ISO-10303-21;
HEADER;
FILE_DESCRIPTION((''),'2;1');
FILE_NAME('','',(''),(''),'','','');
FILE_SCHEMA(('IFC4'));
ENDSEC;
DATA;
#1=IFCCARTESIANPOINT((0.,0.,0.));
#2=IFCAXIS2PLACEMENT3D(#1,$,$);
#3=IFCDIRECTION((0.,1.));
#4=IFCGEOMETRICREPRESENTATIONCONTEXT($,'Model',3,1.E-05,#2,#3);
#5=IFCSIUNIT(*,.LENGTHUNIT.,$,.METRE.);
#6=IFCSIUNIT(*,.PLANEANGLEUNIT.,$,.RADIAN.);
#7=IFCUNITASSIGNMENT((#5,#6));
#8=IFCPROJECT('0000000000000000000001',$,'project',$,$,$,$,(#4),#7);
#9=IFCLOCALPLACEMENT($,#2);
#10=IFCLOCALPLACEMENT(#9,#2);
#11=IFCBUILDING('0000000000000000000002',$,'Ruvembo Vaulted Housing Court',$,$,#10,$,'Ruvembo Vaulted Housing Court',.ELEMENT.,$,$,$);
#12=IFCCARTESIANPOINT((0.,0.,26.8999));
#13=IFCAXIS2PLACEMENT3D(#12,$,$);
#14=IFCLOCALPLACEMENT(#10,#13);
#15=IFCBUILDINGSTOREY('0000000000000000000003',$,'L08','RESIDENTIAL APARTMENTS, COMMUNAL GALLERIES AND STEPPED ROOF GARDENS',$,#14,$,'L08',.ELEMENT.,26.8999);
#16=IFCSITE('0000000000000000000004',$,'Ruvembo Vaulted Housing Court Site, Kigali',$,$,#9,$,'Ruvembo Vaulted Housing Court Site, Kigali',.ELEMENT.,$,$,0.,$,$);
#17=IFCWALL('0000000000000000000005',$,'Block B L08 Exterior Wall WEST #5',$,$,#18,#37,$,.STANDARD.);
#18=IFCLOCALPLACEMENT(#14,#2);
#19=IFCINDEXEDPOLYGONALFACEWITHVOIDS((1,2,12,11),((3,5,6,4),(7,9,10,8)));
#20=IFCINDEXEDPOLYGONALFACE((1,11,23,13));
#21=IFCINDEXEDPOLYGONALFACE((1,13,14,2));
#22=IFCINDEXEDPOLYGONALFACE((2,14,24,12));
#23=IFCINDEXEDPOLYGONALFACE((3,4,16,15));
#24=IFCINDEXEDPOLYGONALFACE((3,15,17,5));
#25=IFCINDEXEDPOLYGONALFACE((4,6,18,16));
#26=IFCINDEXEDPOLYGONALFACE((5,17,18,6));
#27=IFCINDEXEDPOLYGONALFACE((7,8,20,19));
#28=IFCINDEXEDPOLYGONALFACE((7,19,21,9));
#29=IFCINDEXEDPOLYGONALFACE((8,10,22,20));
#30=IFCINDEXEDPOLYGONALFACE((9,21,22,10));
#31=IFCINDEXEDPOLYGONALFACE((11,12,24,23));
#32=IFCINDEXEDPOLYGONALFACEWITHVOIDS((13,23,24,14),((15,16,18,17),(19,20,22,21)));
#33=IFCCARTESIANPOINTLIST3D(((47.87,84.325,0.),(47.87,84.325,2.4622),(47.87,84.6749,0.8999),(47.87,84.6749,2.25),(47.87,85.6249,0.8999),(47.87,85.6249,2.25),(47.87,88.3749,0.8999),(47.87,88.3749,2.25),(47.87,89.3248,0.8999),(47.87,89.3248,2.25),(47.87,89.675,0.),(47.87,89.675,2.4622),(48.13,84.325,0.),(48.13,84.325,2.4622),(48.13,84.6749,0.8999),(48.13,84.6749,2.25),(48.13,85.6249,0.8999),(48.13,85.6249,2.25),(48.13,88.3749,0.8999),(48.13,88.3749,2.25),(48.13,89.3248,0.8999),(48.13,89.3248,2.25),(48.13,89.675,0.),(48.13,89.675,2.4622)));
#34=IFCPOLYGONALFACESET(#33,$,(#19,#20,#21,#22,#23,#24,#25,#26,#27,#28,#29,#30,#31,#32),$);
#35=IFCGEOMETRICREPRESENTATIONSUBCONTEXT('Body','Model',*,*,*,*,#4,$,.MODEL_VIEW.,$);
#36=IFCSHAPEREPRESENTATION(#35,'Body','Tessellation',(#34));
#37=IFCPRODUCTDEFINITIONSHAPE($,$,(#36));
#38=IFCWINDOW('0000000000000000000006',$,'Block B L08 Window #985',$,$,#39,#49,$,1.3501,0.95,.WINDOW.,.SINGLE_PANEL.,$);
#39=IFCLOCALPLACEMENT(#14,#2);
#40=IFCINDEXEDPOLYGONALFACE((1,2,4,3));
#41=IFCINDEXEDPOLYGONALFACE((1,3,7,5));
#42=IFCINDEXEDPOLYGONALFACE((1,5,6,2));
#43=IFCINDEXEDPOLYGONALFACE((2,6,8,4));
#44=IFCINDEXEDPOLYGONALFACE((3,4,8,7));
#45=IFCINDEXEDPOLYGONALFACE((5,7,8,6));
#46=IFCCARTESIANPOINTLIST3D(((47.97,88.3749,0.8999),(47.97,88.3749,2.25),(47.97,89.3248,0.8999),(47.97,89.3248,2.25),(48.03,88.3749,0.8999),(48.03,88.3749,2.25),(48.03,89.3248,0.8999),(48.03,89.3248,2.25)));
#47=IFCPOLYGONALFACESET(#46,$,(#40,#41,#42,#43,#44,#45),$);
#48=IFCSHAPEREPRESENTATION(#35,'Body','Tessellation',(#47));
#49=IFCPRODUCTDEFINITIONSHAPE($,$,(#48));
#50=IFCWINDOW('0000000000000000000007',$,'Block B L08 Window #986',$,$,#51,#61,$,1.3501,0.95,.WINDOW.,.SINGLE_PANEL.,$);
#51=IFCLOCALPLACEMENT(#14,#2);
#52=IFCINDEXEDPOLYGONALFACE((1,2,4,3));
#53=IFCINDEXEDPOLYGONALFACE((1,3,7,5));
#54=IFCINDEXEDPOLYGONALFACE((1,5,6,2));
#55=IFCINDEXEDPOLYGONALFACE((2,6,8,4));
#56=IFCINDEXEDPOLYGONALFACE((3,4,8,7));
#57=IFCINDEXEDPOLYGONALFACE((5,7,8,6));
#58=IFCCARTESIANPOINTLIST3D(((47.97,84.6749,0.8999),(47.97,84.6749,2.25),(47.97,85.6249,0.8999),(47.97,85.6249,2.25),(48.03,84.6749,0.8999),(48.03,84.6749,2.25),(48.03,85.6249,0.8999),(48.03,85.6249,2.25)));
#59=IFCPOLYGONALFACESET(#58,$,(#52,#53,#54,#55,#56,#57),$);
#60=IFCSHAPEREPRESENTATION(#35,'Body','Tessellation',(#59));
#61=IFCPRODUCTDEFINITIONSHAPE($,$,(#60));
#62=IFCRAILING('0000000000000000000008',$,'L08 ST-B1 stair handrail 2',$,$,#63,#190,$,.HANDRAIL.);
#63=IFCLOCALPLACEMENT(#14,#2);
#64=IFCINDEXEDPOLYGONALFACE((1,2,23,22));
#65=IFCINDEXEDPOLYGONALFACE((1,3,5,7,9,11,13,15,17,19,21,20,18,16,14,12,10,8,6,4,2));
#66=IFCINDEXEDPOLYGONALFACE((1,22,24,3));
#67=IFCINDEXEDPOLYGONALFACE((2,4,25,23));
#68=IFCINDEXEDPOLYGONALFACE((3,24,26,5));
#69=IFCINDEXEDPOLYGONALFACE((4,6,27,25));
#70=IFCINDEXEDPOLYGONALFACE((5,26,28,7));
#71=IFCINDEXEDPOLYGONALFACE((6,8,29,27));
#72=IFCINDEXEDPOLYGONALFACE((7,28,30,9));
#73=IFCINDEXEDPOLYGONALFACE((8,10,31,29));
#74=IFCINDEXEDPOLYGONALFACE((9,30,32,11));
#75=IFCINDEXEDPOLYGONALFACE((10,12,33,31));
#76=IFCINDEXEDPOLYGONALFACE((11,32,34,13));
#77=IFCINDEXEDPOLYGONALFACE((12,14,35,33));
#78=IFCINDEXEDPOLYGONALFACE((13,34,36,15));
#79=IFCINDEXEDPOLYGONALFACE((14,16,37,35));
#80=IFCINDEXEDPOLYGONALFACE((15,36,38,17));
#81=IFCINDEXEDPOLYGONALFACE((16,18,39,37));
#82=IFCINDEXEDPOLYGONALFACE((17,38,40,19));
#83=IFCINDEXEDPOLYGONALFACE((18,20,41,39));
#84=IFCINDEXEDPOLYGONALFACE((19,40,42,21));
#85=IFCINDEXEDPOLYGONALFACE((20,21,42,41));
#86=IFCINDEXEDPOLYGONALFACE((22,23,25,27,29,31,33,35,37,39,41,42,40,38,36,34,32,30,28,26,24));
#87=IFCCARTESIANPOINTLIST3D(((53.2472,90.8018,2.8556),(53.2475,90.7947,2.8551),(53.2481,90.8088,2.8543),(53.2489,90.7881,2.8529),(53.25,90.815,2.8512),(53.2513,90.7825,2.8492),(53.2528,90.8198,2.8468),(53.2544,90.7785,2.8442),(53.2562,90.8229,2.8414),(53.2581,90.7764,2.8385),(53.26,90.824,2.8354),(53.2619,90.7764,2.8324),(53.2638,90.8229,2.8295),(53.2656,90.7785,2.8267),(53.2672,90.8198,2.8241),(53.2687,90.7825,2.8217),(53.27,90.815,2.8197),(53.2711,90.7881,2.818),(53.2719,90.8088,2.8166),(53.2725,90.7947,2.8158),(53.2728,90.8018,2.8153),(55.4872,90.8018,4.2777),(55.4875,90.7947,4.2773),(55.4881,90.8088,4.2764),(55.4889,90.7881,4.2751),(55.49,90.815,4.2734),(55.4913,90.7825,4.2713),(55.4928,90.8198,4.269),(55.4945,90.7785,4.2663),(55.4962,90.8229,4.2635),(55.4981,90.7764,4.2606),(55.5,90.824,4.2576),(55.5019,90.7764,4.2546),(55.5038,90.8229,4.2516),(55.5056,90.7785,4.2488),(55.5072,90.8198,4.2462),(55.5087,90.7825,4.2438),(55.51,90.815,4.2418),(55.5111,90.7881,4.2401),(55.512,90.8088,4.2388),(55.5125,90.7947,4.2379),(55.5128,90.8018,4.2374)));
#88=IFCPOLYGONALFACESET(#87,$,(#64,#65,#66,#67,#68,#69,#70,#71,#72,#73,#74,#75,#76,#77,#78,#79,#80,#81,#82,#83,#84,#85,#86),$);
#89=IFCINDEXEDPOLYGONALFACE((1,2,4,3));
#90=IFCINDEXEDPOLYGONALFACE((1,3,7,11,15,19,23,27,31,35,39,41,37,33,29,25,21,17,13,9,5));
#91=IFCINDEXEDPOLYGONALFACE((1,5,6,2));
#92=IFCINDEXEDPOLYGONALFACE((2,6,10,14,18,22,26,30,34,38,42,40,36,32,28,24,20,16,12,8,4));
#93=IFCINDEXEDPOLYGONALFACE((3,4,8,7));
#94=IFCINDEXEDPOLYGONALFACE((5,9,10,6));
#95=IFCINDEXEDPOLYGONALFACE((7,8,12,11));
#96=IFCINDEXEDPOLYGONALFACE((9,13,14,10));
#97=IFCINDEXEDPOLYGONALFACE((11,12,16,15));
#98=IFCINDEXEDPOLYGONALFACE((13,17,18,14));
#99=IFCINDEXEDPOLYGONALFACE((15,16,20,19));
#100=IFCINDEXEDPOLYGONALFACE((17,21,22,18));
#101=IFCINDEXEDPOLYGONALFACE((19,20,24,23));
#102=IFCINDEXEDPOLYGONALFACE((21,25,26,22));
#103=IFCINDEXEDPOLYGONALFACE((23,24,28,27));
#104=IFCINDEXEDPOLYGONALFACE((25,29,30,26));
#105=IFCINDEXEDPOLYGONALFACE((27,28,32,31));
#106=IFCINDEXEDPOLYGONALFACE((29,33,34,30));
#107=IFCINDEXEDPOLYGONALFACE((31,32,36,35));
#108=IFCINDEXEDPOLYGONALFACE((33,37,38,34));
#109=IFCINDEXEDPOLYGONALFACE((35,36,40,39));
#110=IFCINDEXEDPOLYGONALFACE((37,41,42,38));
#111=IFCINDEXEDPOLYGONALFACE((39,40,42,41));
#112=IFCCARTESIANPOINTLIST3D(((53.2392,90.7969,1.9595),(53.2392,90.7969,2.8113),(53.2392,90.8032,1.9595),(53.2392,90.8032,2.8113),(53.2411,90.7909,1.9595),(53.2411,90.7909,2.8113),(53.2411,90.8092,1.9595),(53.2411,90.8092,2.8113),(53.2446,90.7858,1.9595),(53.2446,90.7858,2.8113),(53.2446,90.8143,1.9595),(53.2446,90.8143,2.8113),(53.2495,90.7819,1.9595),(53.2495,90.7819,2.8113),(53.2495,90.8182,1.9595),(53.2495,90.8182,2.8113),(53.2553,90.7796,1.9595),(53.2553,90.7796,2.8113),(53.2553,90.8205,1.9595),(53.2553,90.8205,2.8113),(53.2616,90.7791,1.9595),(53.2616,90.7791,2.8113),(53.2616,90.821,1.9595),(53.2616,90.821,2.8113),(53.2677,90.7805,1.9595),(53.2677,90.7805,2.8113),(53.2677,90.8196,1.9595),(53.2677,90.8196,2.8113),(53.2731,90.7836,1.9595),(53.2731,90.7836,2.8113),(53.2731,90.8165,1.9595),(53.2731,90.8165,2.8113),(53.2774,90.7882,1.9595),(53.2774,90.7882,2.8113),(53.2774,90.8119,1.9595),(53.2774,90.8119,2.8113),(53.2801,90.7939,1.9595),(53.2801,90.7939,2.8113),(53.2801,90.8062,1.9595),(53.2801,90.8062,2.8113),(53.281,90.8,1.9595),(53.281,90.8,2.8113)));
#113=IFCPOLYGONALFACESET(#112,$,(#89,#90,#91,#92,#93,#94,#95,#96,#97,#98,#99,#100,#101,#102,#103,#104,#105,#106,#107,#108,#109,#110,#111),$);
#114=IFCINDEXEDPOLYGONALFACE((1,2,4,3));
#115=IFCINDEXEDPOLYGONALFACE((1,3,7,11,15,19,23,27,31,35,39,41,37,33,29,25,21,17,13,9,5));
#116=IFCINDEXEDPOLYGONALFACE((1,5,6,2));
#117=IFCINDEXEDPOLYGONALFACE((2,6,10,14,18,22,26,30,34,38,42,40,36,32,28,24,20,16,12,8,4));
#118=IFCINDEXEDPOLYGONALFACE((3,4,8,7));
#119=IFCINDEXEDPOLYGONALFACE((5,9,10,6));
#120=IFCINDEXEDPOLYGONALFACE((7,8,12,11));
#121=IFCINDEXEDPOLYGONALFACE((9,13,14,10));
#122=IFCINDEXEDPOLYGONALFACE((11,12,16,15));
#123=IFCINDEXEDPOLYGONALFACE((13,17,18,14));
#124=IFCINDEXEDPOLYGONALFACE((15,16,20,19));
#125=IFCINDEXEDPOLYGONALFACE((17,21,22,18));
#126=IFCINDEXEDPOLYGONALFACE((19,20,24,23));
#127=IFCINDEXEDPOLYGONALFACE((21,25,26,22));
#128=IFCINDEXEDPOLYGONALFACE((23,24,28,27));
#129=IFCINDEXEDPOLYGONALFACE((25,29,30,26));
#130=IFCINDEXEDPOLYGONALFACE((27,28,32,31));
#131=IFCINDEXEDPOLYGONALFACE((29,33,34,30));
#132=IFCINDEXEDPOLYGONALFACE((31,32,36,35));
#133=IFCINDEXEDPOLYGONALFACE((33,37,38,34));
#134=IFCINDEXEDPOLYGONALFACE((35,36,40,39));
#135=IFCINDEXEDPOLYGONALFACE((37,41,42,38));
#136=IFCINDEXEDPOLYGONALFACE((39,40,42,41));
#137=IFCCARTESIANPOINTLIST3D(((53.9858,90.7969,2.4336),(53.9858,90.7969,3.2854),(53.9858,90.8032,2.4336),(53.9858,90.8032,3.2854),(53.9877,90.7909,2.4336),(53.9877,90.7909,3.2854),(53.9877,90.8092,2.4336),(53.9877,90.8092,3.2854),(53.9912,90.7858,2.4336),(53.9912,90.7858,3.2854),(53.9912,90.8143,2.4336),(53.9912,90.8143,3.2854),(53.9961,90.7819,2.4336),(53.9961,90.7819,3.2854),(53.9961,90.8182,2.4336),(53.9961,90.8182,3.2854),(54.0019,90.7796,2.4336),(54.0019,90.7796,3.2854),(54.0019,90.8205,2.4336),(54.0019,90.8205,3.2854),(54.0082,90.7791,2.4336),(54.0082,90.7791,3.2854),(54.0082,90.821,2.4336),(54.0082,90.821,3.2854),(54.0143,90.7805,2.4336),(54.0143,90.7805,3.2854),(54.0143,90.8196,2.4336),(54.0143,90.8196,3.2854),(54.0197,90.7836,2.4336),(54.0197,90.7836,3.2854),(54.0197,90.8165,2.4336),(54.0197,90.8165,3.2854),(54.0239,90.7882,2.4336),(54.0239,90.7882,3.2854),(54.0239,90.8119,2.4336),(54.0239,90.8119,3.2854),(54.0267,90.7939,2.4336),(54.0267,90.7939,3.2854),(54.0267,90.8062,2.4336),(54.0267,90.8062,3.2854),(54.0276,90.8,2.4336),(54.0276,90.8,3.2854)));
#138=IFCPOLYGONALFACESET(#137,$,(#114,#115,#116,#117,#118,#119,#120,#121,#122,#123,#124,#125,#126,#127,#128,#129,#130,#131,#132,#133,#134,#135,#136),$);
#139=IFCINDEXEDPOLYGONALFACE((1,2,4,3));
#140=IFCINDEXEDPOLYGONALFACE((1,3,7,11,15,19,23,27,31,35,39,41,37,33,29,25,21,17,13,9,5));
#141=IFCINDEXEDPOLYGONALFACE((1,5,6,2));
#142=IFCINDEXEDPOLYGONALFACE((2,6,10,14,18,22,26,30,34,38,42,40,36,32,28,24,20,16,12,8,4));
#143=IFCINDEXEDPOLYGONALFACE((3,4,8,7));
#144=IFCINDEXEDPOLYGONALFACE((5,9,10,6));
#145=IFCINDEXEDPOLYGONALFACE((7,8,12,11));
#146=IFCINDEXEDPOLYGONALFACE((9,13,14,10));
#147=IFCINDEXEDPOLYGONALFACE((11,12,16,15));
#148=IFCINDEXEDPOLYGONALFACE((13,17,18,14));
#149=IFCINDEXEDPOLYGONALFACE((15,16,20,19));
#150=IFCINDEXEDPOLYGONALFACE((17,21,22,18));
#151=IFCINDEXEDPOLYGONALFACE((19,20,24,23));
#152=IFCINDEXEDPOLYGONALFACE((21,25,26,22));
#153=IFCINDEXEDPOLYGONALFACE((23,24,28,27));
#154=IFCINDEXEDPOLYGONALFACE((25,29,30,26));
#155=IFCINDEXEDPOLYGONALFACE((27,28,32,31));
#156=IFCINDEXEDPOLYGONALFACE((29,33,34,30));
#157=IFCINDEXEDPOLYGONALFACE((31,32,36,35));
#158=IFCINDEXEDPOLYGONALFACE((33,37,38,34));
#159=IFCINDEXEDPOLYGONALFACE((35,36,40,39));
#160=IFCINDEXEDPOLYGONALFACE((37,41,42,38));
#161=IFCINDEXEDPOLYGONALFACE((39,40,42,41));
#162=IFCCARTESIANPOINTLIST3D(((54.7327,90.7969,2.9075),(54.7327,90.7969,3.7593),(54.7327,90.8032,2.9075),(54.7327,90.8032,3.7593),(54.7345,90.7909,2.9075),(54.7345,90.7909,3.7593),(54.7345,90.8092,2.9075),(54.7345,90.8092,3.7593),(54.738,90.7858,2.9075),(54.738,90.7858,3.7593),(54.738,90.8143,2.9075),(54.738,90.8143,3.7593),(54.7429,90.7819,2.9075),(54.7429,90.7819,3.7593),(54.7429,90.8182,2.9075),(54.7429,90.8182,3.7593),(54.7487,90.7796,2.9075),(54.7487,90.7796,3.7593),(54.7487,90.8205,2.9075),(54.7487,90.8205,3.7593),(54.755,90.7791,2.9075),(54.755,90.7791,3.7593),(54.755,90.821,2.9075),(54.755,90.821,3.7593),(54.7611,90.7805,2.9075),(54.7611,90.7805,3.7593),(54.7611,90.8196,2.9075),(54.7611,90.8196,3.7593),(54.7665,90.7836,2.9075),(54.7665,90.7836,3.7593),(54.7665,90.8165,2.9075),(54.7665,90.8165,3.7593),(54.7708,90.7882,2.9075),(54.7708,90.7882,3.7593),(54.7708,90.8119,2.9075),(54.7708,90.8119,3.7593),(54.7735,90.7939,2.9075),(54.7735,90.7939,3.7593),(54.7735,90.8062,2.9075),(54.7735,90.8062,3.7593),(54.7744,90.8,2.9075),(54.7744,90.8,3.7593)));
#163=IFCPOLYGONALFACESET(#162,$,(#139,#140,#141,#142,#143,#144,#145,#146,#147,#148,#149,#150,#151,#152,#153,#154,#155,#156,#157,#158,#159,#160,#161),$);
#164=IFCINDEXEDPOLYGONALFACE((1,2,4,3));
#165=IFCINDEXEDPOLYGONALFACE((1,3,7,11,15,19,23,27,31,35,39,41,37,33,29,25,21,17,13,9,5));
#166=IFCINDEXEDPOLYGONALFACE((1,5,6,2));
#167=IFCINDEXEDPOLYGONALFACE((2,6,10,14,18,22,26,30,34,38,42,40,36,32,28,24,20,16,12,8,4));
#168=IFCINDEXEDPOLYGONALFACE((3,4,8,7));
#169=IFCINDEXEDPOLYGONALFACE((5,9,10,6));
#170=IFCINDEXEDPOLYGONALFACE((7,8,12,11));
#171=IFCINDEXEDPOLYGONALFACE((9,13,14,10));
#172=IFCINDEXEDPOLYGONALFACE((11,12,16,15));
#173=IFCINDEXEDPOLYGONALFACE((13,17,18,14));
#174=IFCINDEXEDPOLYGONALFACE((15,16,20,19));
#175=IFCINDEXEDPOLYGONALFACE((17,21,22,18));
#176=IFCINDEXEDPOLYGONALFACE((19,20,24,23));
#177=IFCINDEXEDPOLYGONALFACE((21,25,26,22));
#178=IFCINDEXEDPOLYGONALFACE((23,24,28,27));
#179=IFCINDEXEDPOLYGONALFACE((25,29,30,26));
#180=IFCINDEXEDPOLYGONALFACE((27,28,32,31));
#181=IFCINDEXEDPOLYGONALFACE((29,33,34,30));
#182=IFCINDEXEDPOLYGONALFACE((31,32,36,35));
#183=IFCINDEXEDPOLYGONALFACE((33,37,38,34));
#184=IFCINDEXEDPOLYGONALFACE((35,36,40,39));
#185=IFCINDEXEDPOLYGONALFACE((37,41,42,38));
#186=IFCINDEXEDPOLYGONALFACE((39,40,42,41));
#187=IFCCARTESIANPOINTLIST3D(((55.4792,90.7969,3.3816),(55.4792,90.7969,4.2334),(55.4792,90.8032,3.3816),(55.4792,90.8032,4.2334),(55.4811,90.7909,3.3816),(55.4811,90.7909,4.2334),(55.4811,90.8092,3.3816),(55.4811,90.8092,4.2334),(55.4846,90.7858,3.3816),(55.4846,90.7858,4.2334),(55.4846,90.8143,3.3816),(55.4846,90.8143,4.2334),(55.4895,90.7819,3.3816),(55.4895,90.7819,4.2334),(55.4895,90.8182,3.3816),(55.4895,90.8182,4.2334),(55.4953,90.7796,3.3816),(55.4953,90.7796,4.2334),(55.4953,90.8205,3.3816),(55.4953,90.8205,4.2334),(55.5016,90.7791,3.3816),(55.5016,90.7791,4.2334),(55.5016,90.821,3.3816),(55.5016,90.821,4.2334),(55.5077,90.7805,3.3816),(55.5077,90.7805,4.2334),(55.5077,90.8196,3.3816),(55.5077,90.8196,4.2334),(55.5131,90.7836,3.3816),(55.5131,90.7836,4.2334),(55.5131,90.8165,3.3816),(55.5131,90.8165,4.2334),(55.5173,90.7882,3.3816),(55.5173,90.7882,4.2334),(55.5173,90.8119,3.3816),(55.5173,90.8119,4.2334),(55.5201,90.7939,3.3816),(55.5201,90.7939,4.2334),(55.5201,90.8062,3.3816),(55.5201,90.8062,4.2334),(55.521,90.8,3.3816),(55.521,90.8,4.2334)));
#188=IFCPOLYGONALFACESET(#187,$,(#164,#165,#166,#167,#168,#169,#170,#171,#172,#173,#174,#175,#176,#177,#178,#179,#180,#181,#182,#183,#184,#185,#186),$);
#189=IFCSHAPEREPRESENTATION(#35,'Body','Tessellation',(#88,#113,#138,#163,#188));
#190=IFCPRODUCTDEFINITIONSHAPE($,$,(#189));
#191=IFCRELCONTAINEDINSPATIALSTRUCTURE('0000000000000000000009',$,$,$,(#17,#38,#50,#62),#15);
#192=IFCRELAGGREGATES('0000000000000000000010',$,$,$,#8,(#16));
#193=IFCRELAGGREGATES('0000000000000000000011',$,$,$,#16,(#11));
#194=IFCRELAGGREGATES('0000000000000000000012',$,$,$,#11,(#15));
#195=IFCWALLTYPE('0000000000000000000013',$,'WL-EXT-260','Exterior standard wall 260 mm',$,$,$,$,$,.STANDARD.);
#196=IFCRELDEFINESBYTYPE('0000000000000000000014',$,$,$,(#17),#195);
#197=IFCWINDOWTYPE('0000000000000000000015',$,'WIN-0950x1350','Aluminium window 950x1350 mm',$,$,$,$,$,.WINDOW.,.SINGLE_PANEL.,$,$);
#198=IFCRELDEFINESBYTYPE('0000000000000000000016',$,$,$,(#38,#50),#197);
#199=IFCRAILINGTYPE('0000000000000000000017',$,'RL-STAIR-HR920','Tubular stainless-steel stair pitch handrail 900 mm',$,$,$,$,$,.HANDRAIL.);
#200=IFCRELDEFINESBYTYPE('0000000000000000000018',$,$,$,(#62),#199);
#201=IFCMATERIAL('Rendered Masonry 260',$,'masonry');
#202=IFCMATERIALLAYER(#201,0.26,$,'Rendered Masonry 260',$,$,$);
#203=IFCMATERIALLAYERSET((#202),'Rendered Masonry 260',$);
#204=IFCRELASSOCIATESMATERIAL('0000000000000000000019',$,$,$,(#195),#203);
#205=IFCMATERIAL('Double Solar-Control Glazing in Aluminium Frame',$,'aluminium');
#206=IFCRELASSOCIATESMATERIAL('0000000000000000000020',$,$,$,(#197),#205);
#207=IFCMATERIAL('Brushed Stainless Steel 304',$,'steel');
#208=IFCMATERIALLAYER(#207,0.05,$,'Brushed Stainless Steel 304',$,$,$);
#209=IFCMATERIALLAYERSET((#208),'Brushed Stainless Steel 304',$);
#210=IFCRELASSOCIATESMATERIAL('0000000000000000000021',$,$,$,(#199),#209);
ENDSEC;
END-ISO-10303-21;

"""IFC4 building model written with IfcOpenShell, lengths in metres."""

from ifc_helpers import new_model, si_unit, direction, frame, frame_2d, origin, origin_2d, place, context, subcontext, project, spatial, rectangle, circle, extrude, material, layer, layer_set, type_object, element, fill, save


model = new_model("IFC4")

# Units and contexts
model_context = context("Model", 3, precision=1e-05, world=origin(), true_north=direction((0.0, 1.0)))
body_context = subcontext(model_context, "Body", "Model", "MODEL_VIEW")
ifc_project = project(units=[si_unit("LENGTHUNIT", "METRE"), si_unit("PLANEANGLEUNIT", "RADIAN")], contexts=[model_context])

# Site, building, storey
site_placement = place(None, origin())
site = spatial("IfcSite", under=ifc_project, at=site_placement, Name="Ruvembo Vaulted Housing Court Site, Kigali", LongName="Ruvembo Vaulted Housing Court Site, Kigali", CompositionType="ELEMENT", RefElevation=0.0)
building_placement = place(site_placement, origin())
building = spatial("IfcBuilding", under=site, at=building_placement, Name="Ruvembo Vaulted Housing Court", LongName="Ruvembo Vaulted Housing Court", CompositionType="ELEMENT")
storey_placement = place(building_placement, frame((0.0, 0.0, 26.8999)))
storey = spatial("IfcBuildingStorey", under=building, at=storey_placement, Name="L08", Description="RESIDENTIAL APARTMENTS, COMMUNAL GALLERIES AND STEPPED ROOF GARDENS", LongName="L08", CompositionType="ELEMENT", Elevation=26.8999)

# Wall, openings, windows
ifc_material_1 = material(Name="Rendered Masonry 260", Category="masonry")
ifc_layer_1 = layer(ifc_material_1, 0.26, Name="Rendered Masonry 260")
ifc_layer_set_1 = layer_set([ifc_layer_1], Name="Rendered Masonry 260")
wall_type_1 = type_object("IfcWallType", Name="WL-EXT-260", Description="Exterior standard wall 260 mm", PredefinedType="STANDARD", material=ifc_layer_set_1)
ifc_material_2 = material(Name="Double Solar-Control Glazing in Aluminium Frame", Category="aluminium")
window_type_1 = type_object("IfcWindowType", Name="WIN-0950x1350", Description="Aluminium window 950x1350 mm", PartitioningType="SINGLE_PANEL", PredefinedType="WINDOW", material=ifc_material_2)
wall_1_placement = place(storey_placement, frame((48.0, 89.675, 0.0), z_axis=(0.0, 0.0, 1.0), x_axis=(0.0, -1.0, 0.0)))
wall_1 = element("IfcWall", 1, at=wall_1_placement, inside=storey, type_object=wall_type_1, Name="Block B L08 Exterior Wall WEST #5", PredefinedType="STANDARD", context=body_context, shape_type="SweptSolid", body=[
    extrude(rectangle(XDim=5.3501, YDim=0.26, at=frame_2d((2.675, 0.0))), origin(), (0.0, 0.0, 1.0), 2.4622),
])
opening_1_placement = place(wall_1_placement, frame((0.3501, 0.0, 0.8999)))
opening_1 = element("IfcOpeningElement", 2, at=opening_1_placement, cuts=wall_1, PredefinedType="OPENING", context=body_context, shape_type="SweptSolid", body=[
    extrude(rectangle(XDim=0.95, YDim=1.3501, at=frame_2d((0.4751, 0.675))), frame((0.0, 0.1399, 0.0), z_axis=(0.0, -1.0, 0.0), x_axis=(1.0, 0.0, 0.0)), (0.0, 0.0, 1.0), 0.28),
])
opening_2_placement = place(wall_1_placement, frame((4.05, 0.0, 0.8999)))
opening_2 = element("IfcOpeningElement", 3, at=opening_2_placement, cuts=wall_1, PredefinedType="OPENING", context=body_context, shape_type="SweptSolid", body=[
    extrude(rectangle(XDim=0.95, YDim=1.3501, at=frame_2d((0.4751, 0.675))), frame((0.0, 0.1399, 0.0), z_axis=(0.0, -1.0, 0.0), x_axis=(1.0, 0.0, 0.0)), (0.0, 0.0, 1.0), 0.28),
])
window_1_placement = place(opening_1_placement, origin())
window_1 = element("IfcWindow", 4, at=window_1_placement, inside=storey, type_object=window_type_1, Name="Block B L08 Window #985", OverallHeight=1.3501, OverallWidth=0.95, PartitioningType="SINGLE_PANEL", PredefinedType="WINDOW", context=body_context, shape_type="SweptSolid", body=[
    extrude(rectangle(XDim=0.95, YDim=1.3501, at=frame_2d((0.4751, 0.675))), frame((0.0, 0.03, 0.0), z_axis=(0.0, -1.0, 0.0), x_axis=(1.0, 0.0, 0.0)), (0.0, 0.0, 1.0), 0.0601),
])
fill(opening_1, window_1)
window_2_placement = place(opening_2_placement, origin())
window_2 = element("IfcWindow", 5, at=window_2_placement, inside=storey, type_object=window_type_1, Name="Block B L08 Window #986", OverallHeight=1.3501, OverallWidth=0.95, PartitioningType="SINGLE_PANEL", PredefinedType="WINDOW", context=body_context, shape_type="SweptSolid", body=[
    extrude(rectangle(XDim=0.95, YDim=1.3501, at=frame_2d((0.4751, 0.675))), frame((0.0, 0.03, 0.0), z_axis=(0.0, -1.0, 0.0), x_axis=(1.0, 0.0, 0.0)), (0.0, 0.0, 1.0), 0.0601),
])
fill(opening_2, window_2)

# Railing
ifc_material_3 = material(Name="Brushed Stainless Steel 304", Category="steel")
ifc_layer_2 = layer(ifc_material_3, 0.05, Name="Brushed Stainless Steel 304")
ifc_layer_set_2 = layer_set([ifc_layer_2], Name="Brushed Stainless Steel 304")
railing_type = type_object("IfcRailingType", Name="RL-STAIR-HR920", Description="Tubular stainless-steel stair pitch handrail 900 mm", PredefinedType="HANDRAIL", material=ifc_layer_set_2)
railing_placement = place(storey_placement, frame((53.26, 90.8, 1.9595)))
element("IfcRailing", 6, at=railing_placement, inside=storey, type_object=railing_type, Name="L08 ST-B1 stair handrail 2", PredefinedType="HANDRAIL", context=body_context, shape_type="SweptSolid", body=[
    extrude(circle(Radius=0.0239, at=origin_2d()), frame((0.0, 0.0, 0.876), z_axis=(0.844229, 0.0, 0.535982), x_axis=(0.0, 1.0, 0.0)), (0.0, 0.0, 1.0), 2.6533),
    extrude(circle(Radius=0.021, at=origin_2d()), origin(), (0.0, 0.0, 1.0), 0.8518),
    extrude(circle(Radius=0.021, at=origin_2d()), frame((0.7466, 0.0, 0.4741)), (0.0, 0.0, 1.0), 0.8518),
    extrude(circle(Radius=0.021, at=origin_2d()), frame((1.4934, 0.0, 0.948)), (0.0, 0.0, 1.0), 0.8518),
    extrude(circle(Radius=0.021, at=origin_2d()), frame((2.24, 0.0, 1.4221)), (0.0, 0.0, 1.0), 0.8518),
])

save(model, "model.ifc")
